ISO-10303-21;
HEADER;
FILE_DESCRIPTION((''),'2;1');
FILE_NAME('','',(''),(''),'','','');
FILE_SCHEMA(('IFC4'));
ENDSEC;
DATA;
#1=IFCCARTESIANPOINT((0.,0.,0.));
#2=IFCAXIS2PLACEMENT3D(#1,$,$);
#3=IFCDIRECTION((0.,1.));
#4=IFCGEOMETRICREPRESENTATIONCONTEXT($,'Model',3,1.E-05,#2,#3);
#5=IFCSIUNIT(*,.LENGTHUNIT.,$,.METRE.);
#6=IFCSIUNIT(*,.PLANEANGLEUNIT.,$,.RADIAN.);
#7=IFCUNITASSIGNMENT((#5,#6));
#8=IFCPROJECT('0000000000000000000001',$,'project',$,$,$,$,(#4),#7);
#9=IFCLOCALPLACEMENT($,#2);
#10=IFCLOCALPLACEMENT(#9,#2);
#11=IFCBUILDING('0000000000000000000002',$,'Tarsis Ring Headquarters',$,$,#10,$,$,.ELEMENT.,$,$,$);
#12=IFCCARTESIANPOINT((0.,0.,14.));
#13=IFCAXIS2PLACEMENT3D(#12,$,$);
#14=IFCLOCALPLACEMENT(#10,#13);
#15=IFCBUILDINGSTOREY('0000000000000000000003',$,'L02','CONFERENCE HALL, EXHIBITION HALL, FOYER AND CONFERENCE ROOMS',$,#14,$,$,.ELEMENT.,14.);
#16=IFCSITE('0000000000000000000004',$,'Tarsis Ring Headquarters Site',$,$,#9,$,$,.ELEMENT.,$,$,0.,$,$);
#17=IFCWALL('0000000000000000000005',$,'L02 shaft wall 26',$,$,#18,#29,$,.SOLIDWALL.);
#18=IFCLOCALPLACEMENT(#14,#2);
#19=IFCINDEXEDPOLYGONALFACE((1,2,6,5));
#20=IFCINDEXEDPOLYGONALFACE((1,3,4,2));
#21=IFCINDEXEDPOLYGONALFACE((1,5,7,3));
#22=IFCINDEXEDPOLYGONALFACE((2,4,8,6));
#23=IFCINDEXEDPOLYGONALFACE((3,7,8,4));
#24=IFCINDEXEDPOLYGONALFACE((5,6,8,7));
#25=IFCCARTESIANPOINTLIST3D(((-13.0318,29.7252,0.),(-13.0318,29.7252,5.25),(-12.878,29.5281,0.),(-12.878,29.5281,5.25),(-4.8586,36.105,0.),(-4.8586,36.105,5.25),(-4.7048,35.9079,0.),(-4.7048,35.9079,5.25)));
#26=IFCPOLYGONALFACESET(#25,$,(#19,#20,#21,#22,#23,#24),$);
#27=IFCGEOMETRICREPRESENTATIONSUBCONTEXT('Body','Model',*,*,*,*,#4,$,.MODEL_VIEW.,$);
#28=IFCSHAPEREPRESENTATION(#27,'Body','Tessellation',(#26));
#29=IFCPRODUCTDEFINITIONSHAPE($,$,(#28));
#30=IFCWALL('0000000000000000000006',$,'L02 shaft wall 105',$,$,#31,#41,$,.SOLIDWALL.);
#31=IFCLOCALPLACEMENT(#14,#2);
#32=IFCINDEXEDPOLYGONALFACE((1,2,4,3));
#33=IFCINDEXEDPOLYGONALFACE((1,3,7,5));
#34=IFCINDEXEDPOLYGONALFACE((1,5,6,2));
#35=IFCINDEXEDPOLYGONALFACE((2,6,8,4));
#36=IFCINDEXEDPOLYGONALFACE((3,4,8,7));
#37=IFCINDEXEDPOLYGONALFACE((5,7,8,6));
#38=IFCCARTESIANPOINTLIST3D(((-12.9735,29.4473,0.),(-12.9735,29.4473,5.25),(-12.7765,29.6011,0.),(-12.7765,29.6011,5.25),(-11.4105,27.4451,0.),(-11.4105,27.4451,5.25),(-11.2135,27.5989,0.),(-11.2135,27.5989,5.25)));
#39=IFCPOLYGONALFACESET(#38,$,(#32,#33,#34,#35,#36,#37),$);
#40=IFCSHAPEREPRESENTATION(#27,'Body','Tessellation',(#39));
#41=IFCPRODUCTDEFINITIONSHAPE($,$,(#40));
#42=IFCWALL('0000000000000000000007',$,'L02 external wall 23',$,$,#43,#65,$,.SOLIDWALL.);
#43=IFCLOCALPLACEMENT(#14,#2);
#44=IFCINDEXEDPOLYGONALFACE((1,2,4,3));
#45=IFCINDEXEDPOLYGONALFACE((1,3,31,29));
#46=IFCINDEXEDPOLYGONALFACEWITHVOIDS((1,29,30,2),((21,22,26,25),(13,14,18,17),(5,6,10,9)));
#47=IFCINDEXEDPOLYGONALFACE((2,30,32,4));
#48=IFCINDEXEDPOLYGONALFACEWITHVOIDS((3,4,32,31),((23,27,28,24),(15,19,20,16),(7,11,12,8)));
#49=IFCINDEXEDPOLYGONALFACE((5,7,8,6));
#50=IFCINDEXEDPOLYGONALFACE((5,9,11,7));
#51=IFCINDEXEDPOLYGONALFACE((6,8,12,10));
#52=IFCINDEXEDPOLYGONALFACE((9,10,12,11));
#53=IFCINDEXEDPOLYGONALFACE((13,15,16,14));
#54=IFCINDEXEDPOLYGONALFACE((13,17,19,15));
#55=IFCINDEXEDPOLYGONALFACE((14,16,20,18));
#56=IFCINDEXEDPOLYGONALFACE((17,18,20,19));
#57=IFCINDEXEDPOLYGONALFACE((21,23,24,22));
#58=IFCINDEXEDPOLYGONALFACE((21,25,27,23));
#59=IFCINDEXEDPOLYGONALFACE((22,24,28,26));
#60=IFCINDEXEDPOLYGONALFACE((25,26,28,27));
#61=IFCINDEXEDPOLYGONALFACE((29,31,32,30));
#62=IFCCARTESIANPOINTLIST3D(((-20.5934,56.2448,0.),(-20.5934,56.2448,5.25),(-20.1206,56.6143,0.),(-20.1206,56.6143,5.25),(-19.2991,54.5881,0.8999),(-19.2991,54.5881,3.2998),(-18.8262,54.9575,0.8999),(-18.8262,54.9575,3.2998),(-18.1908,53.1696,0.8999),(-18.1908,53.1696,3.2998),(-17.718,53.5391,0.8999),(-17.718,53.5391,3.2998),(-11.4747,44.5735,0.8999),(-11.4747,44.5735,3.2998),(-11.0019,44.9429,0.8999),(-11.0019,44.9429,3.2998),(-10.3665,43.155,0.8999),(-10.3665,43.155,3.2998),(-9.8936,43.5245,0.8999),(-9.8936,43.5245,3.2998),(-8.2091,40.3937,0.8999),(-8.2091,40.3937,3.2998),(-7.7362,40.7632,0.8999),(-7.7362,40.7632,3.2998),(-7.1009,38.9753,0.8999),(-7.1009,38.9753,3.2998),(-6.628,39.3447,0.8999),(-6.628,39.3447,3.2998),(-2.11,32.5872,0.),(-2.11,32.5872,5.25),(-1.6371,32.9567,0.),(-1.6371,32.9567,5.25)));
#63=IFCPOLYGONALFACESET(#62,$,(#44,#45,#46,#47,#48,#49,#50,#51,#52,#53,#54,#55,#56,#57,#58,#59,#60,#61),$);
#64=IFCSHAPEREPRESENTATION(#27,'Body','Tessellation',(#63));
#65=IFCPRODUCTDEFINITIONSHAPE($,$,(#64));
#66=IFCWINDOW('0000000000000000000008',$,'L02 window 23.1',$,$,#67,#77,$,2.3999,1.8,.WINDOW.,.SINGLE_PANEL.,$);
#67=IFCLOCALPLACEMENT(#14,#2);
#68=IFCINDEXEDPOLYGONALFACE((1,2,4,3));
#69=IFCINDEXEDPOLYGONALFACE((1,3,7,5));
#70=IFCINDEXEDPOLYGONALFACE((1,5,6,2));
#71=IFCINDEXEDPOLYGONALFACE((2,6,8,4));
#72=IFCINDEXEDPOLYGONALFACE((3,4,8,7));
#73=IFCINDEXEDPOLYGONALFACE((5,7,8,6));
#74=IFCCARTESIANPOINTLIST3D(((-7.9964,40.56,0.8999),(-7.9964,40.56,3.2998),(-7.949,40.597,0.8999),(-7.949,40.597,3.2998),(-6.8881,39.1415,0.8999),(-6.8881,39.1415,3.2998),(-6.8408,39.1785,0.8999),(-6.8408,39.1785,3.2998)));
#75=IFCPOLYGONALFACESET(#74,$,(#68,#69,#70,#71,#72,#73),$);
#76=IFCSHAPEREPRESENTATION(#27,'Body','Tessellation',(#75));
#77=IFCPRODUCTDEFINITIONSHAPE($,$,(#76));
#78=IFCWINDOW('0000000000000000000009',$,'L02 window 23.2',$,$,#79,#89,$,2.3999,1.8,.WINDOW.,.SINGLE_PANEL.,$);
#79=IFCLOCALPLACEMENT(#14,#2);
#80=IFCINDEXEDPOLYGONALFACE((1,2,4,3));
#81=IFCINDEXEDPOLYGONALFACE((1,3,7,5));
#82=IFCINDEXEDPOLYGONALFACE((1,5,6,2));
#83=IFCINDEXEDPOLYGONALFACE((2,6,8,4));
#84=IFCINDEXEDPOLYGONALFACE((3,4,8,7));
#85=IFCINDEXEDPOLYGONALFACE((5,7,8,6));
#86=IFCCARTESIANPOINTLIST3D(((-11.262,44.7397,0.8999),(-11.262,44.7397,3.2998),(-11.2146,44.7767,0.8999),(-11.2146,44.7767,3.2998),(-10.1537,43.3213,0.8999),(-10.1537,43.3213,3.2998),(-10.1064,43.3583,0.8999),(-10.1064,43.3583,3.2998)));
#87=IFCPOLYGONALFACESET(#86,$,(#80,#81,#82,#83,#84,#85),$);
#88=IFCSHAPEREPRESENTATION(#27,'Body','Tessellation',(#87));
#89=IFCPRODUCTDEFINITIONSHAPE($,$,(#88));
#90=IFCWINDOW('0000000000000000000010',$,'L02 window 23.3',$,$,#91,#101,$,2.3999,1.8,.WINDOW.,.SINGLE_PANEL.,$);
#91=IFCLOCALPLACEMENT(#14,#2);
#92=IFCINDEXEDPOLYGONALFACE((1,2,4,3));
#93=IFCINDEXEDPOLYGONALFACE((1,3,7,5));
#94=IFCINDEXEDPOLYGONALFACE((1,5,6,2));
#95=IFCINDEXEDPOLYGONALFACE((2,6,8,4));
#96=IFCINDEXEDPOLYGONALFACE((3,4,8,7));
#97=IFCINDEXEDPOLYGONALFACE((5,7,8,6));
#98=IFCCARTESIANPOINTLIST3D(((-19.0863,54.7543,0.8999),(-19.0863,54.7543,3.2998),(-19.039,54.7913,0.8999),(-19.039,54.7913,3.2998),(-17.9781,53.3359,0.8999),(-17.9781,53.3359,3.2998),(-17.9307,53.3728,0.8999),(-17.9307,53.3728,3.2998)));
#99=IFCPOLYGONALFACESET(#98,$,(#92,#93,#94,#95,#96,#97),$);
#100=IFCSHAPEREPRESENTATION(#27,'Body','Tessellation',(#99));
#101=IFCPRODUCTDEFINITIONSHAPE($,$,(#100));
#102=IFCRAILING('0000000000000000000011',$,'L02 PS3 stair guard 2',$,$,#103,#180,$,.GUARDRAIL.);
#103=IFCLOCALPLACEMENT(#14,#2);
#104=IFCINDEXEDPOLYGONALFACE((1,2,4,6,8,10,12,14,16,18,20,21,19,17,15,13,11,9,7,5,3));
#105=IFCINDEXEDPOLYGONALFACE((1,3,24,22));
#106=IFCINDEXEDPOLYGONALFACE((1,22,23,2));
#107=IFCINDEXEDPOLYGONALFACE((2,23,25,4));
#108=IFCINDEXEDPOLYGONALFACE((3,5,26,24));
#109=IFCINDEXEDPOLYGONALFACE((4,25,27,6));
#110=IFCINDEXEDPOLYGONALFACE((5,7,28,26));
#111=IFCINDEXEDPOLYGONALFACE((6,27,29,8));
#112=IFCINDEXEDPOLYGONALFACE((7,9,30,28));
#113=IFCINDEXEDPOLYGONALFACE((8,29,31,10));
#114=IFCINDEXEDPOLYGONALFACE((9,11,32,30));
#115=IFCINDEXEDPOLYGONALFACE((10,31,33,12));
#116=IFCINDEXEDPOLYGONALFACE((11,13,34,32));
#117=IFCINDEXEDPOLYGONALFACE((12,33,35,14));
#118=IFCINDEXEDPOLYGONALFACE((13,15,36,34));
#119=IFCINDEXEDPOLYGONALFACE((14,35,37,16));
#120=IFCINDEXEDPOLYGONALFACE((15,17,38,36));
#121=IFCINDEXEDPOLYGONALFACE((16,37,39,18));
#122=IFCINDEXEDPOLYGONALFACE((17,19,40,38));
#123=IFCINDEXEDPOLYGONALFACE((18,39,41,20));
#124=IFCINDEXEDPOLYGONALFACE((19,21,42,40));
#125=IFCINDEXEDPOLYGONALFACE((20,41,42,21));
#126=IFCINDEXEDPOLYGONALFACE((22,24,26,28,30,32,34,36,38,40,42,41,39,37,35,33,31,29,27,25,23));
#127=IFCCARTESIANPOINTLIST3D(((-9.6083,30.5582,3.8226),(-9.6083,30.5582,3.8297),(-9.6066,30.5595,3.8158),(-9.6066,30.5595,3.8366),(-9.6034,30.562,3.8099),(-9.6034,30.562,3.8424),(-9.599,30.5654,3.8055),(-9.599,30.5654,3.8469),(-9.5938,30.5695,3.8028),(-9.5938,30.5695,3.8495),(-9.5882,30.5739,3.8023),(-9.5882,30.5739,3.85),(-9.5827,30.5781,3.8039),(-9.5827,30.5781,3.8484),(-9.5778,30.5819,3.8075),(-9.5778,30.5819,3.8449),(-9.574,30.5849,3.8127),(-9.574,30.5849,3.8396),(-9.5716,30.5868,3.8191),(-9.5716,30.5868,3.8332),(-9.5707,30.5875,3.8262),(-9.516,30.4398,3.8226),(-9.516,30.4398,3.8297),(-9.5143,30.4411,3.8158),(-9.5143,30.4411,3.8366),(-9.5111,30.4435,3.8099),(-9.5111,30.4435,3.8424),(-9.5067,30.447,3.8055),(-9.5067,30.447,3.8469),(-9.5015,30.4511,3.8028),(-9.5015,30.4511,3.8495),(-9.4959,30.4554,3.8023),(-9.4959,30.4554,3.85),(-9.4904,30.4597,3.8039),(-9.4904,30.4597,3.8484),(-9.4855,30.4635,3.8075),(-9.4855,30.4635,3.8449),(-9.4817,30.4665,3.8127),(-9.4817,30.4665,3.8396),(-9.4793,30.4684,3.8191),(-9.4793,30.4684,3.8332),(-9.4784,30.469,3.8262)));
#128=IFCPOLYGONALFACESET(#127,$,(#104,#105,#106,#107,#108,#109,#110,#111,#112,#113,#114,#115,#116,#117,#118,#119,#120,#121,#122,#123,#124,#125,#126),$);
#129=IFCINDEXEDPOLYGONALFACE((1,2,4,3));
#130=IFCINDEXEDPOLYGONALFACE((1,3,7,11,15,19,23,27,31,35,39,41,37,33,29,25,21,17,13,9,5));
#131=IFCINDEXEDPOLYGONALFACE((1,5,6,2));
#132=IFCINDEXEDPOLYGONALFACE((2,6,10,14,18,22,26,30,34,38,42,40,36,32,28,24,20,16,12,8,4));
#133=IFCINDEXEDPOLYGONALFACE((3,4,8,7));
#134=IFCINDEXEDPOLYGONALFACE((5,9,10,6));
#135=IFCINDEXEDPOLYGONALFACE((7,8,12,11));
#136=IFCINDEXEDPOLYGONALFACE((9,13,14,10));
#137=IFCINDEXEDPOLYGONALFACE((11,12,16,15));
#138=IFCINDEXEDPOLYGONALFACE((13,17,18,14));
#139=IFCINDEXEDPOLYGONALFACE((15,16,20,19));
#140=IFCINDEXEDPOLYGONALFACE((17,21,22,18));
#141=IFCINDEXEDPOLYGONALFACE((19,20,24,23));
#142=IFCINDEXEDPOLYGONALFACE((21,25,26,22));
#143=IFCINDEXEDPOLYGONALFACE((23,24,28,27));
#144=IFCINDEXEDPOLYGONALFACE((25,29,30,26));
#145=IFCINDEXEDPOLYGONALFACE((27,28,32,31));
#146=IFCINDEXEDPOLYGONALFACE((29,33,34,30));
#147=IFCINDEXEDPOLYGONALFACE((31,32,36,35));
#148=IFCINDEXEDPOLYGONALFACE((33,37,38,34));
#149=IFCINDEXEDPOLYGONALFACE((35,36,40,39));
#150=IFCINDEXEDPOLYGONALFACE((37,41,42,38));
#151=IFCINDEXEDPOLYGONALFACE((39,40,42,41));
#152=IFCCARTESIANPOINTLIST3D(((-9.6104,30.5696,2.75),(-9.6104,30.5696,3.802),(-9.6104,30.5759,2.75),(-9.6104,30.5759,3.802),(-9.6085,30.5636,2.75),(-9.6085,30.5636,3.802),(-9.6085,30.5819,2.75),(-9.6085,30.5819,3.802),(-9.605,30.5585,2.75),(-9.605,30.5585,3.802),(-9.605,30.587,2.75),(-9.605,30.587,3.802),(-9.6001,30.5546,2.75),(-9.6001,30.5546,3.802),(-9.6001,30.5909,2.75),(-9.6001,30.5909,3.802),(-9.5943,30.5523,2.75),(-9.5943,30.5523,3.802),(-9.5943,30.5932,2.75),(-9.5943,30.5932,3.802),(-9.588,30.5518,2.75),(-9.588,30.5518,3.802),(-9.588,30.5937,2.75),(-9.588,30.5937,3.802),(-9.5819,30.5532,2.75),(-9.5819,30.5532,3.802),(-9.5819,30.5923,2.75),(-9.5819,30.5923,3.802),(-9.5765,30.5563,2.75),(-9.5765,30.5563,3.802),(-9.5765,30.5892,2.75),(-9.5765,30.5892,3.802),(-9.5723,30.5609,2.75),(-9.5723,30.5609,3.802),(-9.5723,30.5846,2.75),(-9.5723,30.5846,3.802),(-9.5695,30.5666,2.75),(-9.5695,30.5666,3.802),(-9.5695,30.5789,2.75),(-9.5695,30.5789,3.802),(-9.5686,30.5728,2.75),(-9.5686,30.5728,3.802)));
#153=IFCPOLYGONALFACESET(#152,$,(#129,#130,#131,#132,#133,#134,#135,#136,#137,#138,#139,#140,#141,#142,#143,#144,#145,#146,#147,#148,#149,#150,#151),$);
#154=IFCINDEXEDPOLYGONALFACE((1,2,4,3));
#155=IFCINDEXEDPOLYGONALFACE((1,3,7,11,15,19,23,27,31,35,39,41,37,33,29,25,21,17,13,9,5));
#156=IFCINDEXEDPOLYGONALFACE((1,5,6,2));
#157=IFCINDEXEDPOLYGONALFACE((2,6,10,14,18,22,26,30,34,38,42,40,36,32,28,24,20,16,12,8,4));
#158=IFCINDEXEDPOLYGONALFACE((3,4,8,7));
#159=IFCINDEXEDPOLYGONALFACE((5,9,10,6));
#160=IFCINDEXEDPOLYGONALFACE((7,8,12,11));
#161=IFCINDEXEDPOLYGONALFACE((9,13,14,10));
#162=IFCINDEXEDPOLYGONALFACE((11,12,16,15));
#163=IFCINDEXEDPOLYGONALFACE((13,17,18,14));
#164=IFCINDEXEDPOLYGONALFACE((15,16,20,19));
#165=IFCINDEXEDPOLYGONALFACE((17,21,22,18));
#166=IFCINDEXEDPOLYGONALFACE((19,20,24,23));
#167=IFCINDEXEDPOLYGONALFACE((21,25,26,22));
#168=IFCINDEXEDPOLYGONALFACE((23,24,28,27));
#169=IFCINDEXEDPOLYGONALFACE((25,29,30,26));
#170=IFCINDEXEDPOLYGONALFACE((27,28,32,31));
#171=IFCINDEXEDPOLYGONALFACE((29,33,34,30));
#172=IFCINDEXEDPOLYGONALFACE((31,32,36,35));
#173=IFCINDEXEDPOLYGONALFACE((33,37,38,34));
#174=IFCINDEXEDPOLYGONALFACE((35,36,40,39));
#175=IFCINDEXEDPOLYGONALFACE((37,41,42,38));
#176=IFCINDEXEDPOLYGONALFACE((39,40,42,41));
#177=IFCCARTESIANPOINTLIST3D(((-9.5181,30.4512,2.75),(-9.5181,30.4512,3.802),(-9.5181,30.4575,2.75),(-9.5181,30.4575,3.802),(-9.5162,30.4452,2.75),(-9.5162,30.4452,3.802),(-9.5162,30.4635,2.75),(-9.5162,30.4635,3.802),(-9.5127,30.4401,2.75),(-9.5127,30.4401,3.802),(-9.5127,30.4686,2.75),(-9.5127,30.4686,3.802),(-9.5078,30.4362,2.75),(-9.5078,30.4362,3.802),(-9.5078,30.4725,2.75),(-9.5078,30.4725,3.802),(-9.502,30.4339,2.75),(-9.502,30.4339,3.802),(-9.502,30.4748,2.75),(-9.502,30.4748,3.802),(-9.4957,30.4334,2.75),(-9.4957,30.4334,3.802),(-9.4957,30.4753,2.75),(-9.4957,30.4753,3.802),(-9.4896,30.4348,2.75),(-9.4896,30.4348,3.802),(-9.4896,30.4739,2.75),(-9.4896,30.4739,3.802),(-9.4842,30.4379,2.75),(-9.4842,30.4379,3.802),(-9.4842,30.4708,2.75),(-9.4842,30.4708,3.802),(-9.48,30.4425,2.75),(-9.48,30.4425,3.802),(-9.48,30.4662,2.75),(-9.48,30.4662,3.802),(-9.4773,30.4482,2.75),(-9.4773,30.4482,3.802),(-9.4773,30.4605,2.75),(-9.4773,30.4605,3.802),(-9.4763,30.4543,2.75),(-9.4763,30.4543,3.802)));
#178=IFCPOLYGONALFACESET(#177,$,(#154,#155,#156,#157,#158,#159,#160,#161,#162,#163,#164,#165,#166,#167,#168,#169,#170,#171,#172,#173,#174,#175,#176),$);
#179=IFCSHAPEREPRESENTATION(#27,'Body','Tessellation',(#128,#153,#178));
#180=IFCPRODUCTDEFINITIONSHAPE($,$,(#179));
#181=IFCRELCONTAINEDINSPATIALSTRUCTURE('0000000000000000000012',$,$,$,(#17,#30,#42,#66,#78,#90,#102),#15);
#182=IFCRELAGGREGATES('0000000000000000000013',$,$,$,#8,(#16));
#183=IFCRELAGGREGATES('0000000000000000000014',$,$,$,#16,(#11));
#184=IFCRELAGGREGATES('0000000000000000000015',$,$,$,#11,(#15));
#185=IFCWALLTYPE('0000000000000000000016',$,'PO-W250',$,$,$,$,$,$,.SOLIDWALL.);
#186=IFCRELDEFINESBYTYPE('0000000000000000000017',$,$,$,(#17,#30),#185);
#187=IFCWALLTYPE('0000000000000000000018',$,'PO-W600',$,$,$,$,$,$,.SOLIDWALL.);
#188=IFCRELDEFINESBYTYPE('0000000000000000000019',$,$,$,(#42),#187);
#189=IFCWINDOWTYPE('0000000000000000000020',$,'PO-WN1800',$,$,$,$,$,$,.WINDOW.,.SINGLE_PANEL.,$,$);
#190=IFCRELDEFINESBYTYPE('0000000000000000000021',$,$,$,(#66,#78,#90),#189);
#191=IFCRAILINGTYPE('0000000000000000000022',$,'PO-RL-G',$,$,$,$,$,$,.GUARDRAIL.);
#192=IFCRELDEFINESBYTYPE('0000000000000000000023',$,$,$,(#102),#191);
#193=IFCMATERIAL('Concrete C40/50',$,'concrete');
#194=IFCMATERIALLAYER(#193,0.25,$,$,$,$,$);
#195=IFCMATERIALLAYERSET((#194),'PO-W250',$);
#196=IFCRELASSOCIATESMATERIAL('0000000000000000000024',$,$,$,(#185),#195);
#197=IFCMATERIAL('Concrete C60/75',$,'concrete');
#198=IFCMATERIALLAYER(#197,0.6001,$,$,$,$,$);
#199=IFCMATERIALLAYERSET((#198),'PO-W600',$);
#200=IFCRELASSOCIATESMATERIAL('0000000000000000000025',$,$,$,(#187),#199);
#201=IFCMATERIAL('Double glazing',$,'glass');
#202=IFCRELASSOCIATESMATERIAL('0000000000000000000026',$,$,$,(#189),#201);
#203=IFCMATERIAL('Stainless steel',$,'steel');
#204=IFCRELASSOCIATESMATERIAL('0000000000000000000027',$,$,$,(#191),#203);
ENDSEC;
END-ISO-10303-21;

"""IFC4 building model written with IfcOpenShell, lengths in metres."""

from ifc_helpers import new_model, si_unit, direction, frame, frame_2d, origin, origin_2d, place, context, subcontext, project, spatial, rectangle, circle, extrude, material, layer, layer_set, type_object, element, fill, save


model = new_model("IFC4")

# Units and contexts
model_context = context("Model", 3, precision=1e-05, world=origin(), true_north=direction((0.0, 1.0)))
body_context = subcontext(model_context, "Body", "Model", "MODEL_VIEW")
ifc_project = project(units=[si_unit("LENGTHUNIT", "METRE"), si_unit("PLANEANGLEUNIT", "RADIAN")], contexts=[model_context])

# Site, building, storey
site_placement = place(None, origin())
site = spatial("IfcSite", under=ifc_project, at=site_placement, Name="Tarsis Ring Headquarters Site", CompositionType="ELEMENT", RefElevation=0.0)
building_placement = place(site_placement, origin())
building = spatial("IfcBuilding", under=site, at=building_placement, Name="Tarsis Ring Headquarters", CompositionType="ELEMENT")
storey_placement = place(building_placement, frame((0.0, 0.0, 14.0)))
storey = spatial("IfcBuildingStorey", under=building, at=storey_placement, Name="L02", Description="CONFERENCE HALL, EXHIBITION HALL, FOYER AND CONFERENCE ROOMS", CompositionType="ELEMENT", Elevation=14.0)

# Shared definitions
ifc_material_1 = material(Name="Concrete C60/75", Category="concrete")

# Shared definitions
ifc_material_2 = material(Name="Concrete C40/50", Category="concrete")

# Walls
ifc_layer_1 = layer(ifc_material_2, 0.25)
ifc_layer_set_1 = layer_set([ifc_layer_1], Name="PO-W250")
wall_type_1 = type_object("IfcWallType", Name="PO-W250", PredefinedType="SOLIDWALL", material=ifc_layer_set_1)
wall_1_placement = place(storey_placement, frame((-12.9548, 29.6267, 0.0), z_axis=(0.0, 0.0, 1.0), x_axis=(0.788283, 0.615312, 0.0)))
element("IfcWall", 1, at=wall_1_placement, inside=storey, type_object=wall_type_1, Name="L02 shaft wall 26", PredefinedType="SOLIDWALL", context=body_context, shape_type="SweptSolid", body=[
    extrude(rectangle(XDim=10.3684, YDim=0.25, at=frame_2d((5.1841, 0.0))), origin(), (0.0, 0.0, 1.0), 5.25),
])
wall_2_placement = place(storey_placement, frame((-11.312, 27.522, 0.0), z_axis=(0.0, 0.0, 1.0), x_axis=(-0.615344, 0.788259, 0.0)))
element("IfcWall", 2, at=wall_2_placement, inside=storey, type_object=wall_type_1, Name="L02 shaft wall 105", PredefinedType="SOLIDWALL", context=body_context, shape_type="SweptSolid", body=[
    extrude(rectangle(XDim=2.54, YDim=0.25, at=frame_2d((1.27, 0.0))), origin(), (0.0, 0.0, 1.0), 5.25),
])

# Wall, openings, windows
ifc_layer_2 = layer(ifc_material_1, 0.6001)
ifc_layer_set_2 = layer_set([ifc_layer_2], Name="PO-W600")
wall_type_2 = type_object("IfcWallType", Name="PO-W600", PredefinedType="SOLIDWALL", material=ifc_layer_set_2)
wall_3_placement = place(storey_placement, frame((-1.8735, 32.772, 0.0), z_axis=(0.0, 0.0, 1.0), x_axis=(-0.615665, 0.788008, 0.0)))
wall_3 = element("IfcWall", 3, at=wall_3_placement, inside=storey, type_object=wall_type_2, Name="L02 external wall 23", PredefinedType="SOLIDWALL", context=body_context, shape_type="SweptSolid", body=[
    extrude(rectangle(XDim=30.022, YDim=0.6001, at=frame_2d((15.011, 0.0))), origin(), (0.0, 0.0, 1.0), 5.25),
])
opening_1_placement = place(wall_3_placement, frame((8.1067, 0.0, 0.8999)))
opening_1 = element("IfcOpeningElement", 4, at=opening_1_placement, cuts=wall_3, PredefinedType="OPENING", context=body_context, shape_type="SweptSolid", body=[
    extrude(rectangle(XDim=1.8, YDim=2.3999, at=frame_2d((0.8999, 1.2))), frame((0.0, 0.3101, 0.0), z_axis=(0.0, -1.0, 0.0), x_axis=(1.0, 0.0, 0.0)), (0.0, 0.0, 1.0), 0.6201),
])
opening_2_placement = place(wall_3_placement, frame((13.4109, 0.0, 0.8999)))
opening_2 = element("IfcOpeningElement", 5, at=opening_2_placement, cuts=wall_3, PredefinedType="OPENING", context=body_context, shape_type="SweptSolid", body=[
    extrude(rectangle(XDim=1.8, YDim=2.3999, at=frame_2d((0.8999, 1.2))), frame((0.0, 0.3101, 0.0), z_axis=(0.0, -1.0, 0.0), x_axis=(1.0, 0.0, 0.0)), (0.0, 0.0, 1.0), 0.6201),
])
opening_3_placement = place(wall_3_placement, frame((26.1196, 0.0, 0.8999)))
opening_3 = element("IfcOpeningElement", 6, at=opening_3_placement, cuts=wall_3, PredefinedType="OPENING", context=body_context, shape_type="SweptSolid", body=[
    extrude(rectangle(XDim=1.8, YDim=2.3999, at=frame_2d((0.8999, 1.2))), frame((0.0, 0.3101, 0.0), z_axis=(0.0, -1.0, 0.0), x_axis=(1.0, 0.0, 0.0)), (0.0, 0.0, 1.0), 0.6201),
])
ifc_material_3 = material(Name="Double glazing", Category="glass")
window_type = type_object("IfcWindowType", Name="PO-WN1800", PartitioningType="SINGLE_PANEL", PredefinedType="WINDOW", material=ifc_material_3)
window_1_placement = place(opening_1_placement, origin())
window_1 = element("IfcWindow", 7, at=window_1_placement, inside=storey, type_object=window_type, Name="L02 window 23.1", OverallHeight=2.3999, OverallWidth=1.8, PartitioningType="SINGLE_PANEL", PredefinedType="WINDOW", context=body_context, shape_type="SweptSolid", body=[
    extrude(rectangle(XDim=1.8, YDim=2.3999, at=frame_2d((0.8999, 1.2))), frame((0.0, 0.03, 0.0), z_axis=(0.0, -1.0, 0.0), x_axis=(1.0, 0.0, 0.0)), (0.0, 0.0, 1.0), 0.0601),
])
fill(opening_1, window_1)
window_2_placement = place(opening_2_placement, origin())
window_2 = element("IfcWindow", 8, at=window_2_placement, inside=storey, type_object=window_type, Name="L02 window 23.2", OverallHeight=2.3999, OverallWidth=1.8, PartitioningType="SINGLE_PANEL", PredefinedType="WINDOW", context=body_context, shape_type="SweptSolid", body=[
    extrude(rectangle(XDim=1.8, YDim=2.3999, at=frame_2d((0.8999, 1.2))), frame((0.0, 0.03, 0.0), z_axis=(0.0, -1.0, 0.0), x_axis=(1.0, 0.0, 0.0)), (0.0, 0.0, 1.0), 0.0601),
])
fill(opening_2, window_2)
window_3_placement = place(opening_3_placement, origin())
window_3 = element("IfcWindow", 9, at=window_3_placement, inside=storey, type_object=window_type, Name="L02 window 23.3", OverallHeight=2.3999, OverallWidth=1.8, PartitioningType="SINGLE_PANEL", PredefinedType="WINDOW", context=body_context, shape_type="SweptSolid", body=[
    extrude(rectangle(XDim=1.8, YDim=2.3999, at=frame_2d((0.8999, 1.2))), frame((0.0, 0.03, 0.0), z_axis=(0.0, -1.0, 0.0), x_axis=(1.0, 0.0, 0.0)), (0.0, 0.0, 1.0), 0.0601),
])
fill(opening_3, window_3)

# Railing
ifc_material_4 = material(Name="Stainless steel", Category="steel")
railing_type_1 = type_object("IfcRailingType", Name="PO-RL-G", PredefinedType="GUARDRAIL", material=ifc_material_4)
railing_1_placement = place(storey_placement, frame((-9.5896, 30.5728, 2.75)))
element("IfcRailing", 10, at=railing_1_placement, inside=storey, type_object=railing_type_1, Name="L02 PS3 stair guard 2", PredefinedType="GUARDRAIL", context=body_context, shape_type="SweptSolid", body=[
    extrude(circle(Radius=0.0239, at=origin_2d()), frame((0.0, 0.0, 1.0762), z_axis=(0.614728, -0.788739, 0.0), x_axis=(0.788739, 0.614728, 0.0)), (0.0, 0.0, 1.0), 0.1501),
    extrude(circle(Radius=0.021, at=origin_2d()), origin(), (0.0, 0.0, 1.0), 1.052),
    extrude(circle(Radius=0.021, at=origin_2d()), frame((0.0923, -0.1184, 0.0)), (0.0, 0.0, 1.0), 1.052),
])

save(model, "model.ifc")
